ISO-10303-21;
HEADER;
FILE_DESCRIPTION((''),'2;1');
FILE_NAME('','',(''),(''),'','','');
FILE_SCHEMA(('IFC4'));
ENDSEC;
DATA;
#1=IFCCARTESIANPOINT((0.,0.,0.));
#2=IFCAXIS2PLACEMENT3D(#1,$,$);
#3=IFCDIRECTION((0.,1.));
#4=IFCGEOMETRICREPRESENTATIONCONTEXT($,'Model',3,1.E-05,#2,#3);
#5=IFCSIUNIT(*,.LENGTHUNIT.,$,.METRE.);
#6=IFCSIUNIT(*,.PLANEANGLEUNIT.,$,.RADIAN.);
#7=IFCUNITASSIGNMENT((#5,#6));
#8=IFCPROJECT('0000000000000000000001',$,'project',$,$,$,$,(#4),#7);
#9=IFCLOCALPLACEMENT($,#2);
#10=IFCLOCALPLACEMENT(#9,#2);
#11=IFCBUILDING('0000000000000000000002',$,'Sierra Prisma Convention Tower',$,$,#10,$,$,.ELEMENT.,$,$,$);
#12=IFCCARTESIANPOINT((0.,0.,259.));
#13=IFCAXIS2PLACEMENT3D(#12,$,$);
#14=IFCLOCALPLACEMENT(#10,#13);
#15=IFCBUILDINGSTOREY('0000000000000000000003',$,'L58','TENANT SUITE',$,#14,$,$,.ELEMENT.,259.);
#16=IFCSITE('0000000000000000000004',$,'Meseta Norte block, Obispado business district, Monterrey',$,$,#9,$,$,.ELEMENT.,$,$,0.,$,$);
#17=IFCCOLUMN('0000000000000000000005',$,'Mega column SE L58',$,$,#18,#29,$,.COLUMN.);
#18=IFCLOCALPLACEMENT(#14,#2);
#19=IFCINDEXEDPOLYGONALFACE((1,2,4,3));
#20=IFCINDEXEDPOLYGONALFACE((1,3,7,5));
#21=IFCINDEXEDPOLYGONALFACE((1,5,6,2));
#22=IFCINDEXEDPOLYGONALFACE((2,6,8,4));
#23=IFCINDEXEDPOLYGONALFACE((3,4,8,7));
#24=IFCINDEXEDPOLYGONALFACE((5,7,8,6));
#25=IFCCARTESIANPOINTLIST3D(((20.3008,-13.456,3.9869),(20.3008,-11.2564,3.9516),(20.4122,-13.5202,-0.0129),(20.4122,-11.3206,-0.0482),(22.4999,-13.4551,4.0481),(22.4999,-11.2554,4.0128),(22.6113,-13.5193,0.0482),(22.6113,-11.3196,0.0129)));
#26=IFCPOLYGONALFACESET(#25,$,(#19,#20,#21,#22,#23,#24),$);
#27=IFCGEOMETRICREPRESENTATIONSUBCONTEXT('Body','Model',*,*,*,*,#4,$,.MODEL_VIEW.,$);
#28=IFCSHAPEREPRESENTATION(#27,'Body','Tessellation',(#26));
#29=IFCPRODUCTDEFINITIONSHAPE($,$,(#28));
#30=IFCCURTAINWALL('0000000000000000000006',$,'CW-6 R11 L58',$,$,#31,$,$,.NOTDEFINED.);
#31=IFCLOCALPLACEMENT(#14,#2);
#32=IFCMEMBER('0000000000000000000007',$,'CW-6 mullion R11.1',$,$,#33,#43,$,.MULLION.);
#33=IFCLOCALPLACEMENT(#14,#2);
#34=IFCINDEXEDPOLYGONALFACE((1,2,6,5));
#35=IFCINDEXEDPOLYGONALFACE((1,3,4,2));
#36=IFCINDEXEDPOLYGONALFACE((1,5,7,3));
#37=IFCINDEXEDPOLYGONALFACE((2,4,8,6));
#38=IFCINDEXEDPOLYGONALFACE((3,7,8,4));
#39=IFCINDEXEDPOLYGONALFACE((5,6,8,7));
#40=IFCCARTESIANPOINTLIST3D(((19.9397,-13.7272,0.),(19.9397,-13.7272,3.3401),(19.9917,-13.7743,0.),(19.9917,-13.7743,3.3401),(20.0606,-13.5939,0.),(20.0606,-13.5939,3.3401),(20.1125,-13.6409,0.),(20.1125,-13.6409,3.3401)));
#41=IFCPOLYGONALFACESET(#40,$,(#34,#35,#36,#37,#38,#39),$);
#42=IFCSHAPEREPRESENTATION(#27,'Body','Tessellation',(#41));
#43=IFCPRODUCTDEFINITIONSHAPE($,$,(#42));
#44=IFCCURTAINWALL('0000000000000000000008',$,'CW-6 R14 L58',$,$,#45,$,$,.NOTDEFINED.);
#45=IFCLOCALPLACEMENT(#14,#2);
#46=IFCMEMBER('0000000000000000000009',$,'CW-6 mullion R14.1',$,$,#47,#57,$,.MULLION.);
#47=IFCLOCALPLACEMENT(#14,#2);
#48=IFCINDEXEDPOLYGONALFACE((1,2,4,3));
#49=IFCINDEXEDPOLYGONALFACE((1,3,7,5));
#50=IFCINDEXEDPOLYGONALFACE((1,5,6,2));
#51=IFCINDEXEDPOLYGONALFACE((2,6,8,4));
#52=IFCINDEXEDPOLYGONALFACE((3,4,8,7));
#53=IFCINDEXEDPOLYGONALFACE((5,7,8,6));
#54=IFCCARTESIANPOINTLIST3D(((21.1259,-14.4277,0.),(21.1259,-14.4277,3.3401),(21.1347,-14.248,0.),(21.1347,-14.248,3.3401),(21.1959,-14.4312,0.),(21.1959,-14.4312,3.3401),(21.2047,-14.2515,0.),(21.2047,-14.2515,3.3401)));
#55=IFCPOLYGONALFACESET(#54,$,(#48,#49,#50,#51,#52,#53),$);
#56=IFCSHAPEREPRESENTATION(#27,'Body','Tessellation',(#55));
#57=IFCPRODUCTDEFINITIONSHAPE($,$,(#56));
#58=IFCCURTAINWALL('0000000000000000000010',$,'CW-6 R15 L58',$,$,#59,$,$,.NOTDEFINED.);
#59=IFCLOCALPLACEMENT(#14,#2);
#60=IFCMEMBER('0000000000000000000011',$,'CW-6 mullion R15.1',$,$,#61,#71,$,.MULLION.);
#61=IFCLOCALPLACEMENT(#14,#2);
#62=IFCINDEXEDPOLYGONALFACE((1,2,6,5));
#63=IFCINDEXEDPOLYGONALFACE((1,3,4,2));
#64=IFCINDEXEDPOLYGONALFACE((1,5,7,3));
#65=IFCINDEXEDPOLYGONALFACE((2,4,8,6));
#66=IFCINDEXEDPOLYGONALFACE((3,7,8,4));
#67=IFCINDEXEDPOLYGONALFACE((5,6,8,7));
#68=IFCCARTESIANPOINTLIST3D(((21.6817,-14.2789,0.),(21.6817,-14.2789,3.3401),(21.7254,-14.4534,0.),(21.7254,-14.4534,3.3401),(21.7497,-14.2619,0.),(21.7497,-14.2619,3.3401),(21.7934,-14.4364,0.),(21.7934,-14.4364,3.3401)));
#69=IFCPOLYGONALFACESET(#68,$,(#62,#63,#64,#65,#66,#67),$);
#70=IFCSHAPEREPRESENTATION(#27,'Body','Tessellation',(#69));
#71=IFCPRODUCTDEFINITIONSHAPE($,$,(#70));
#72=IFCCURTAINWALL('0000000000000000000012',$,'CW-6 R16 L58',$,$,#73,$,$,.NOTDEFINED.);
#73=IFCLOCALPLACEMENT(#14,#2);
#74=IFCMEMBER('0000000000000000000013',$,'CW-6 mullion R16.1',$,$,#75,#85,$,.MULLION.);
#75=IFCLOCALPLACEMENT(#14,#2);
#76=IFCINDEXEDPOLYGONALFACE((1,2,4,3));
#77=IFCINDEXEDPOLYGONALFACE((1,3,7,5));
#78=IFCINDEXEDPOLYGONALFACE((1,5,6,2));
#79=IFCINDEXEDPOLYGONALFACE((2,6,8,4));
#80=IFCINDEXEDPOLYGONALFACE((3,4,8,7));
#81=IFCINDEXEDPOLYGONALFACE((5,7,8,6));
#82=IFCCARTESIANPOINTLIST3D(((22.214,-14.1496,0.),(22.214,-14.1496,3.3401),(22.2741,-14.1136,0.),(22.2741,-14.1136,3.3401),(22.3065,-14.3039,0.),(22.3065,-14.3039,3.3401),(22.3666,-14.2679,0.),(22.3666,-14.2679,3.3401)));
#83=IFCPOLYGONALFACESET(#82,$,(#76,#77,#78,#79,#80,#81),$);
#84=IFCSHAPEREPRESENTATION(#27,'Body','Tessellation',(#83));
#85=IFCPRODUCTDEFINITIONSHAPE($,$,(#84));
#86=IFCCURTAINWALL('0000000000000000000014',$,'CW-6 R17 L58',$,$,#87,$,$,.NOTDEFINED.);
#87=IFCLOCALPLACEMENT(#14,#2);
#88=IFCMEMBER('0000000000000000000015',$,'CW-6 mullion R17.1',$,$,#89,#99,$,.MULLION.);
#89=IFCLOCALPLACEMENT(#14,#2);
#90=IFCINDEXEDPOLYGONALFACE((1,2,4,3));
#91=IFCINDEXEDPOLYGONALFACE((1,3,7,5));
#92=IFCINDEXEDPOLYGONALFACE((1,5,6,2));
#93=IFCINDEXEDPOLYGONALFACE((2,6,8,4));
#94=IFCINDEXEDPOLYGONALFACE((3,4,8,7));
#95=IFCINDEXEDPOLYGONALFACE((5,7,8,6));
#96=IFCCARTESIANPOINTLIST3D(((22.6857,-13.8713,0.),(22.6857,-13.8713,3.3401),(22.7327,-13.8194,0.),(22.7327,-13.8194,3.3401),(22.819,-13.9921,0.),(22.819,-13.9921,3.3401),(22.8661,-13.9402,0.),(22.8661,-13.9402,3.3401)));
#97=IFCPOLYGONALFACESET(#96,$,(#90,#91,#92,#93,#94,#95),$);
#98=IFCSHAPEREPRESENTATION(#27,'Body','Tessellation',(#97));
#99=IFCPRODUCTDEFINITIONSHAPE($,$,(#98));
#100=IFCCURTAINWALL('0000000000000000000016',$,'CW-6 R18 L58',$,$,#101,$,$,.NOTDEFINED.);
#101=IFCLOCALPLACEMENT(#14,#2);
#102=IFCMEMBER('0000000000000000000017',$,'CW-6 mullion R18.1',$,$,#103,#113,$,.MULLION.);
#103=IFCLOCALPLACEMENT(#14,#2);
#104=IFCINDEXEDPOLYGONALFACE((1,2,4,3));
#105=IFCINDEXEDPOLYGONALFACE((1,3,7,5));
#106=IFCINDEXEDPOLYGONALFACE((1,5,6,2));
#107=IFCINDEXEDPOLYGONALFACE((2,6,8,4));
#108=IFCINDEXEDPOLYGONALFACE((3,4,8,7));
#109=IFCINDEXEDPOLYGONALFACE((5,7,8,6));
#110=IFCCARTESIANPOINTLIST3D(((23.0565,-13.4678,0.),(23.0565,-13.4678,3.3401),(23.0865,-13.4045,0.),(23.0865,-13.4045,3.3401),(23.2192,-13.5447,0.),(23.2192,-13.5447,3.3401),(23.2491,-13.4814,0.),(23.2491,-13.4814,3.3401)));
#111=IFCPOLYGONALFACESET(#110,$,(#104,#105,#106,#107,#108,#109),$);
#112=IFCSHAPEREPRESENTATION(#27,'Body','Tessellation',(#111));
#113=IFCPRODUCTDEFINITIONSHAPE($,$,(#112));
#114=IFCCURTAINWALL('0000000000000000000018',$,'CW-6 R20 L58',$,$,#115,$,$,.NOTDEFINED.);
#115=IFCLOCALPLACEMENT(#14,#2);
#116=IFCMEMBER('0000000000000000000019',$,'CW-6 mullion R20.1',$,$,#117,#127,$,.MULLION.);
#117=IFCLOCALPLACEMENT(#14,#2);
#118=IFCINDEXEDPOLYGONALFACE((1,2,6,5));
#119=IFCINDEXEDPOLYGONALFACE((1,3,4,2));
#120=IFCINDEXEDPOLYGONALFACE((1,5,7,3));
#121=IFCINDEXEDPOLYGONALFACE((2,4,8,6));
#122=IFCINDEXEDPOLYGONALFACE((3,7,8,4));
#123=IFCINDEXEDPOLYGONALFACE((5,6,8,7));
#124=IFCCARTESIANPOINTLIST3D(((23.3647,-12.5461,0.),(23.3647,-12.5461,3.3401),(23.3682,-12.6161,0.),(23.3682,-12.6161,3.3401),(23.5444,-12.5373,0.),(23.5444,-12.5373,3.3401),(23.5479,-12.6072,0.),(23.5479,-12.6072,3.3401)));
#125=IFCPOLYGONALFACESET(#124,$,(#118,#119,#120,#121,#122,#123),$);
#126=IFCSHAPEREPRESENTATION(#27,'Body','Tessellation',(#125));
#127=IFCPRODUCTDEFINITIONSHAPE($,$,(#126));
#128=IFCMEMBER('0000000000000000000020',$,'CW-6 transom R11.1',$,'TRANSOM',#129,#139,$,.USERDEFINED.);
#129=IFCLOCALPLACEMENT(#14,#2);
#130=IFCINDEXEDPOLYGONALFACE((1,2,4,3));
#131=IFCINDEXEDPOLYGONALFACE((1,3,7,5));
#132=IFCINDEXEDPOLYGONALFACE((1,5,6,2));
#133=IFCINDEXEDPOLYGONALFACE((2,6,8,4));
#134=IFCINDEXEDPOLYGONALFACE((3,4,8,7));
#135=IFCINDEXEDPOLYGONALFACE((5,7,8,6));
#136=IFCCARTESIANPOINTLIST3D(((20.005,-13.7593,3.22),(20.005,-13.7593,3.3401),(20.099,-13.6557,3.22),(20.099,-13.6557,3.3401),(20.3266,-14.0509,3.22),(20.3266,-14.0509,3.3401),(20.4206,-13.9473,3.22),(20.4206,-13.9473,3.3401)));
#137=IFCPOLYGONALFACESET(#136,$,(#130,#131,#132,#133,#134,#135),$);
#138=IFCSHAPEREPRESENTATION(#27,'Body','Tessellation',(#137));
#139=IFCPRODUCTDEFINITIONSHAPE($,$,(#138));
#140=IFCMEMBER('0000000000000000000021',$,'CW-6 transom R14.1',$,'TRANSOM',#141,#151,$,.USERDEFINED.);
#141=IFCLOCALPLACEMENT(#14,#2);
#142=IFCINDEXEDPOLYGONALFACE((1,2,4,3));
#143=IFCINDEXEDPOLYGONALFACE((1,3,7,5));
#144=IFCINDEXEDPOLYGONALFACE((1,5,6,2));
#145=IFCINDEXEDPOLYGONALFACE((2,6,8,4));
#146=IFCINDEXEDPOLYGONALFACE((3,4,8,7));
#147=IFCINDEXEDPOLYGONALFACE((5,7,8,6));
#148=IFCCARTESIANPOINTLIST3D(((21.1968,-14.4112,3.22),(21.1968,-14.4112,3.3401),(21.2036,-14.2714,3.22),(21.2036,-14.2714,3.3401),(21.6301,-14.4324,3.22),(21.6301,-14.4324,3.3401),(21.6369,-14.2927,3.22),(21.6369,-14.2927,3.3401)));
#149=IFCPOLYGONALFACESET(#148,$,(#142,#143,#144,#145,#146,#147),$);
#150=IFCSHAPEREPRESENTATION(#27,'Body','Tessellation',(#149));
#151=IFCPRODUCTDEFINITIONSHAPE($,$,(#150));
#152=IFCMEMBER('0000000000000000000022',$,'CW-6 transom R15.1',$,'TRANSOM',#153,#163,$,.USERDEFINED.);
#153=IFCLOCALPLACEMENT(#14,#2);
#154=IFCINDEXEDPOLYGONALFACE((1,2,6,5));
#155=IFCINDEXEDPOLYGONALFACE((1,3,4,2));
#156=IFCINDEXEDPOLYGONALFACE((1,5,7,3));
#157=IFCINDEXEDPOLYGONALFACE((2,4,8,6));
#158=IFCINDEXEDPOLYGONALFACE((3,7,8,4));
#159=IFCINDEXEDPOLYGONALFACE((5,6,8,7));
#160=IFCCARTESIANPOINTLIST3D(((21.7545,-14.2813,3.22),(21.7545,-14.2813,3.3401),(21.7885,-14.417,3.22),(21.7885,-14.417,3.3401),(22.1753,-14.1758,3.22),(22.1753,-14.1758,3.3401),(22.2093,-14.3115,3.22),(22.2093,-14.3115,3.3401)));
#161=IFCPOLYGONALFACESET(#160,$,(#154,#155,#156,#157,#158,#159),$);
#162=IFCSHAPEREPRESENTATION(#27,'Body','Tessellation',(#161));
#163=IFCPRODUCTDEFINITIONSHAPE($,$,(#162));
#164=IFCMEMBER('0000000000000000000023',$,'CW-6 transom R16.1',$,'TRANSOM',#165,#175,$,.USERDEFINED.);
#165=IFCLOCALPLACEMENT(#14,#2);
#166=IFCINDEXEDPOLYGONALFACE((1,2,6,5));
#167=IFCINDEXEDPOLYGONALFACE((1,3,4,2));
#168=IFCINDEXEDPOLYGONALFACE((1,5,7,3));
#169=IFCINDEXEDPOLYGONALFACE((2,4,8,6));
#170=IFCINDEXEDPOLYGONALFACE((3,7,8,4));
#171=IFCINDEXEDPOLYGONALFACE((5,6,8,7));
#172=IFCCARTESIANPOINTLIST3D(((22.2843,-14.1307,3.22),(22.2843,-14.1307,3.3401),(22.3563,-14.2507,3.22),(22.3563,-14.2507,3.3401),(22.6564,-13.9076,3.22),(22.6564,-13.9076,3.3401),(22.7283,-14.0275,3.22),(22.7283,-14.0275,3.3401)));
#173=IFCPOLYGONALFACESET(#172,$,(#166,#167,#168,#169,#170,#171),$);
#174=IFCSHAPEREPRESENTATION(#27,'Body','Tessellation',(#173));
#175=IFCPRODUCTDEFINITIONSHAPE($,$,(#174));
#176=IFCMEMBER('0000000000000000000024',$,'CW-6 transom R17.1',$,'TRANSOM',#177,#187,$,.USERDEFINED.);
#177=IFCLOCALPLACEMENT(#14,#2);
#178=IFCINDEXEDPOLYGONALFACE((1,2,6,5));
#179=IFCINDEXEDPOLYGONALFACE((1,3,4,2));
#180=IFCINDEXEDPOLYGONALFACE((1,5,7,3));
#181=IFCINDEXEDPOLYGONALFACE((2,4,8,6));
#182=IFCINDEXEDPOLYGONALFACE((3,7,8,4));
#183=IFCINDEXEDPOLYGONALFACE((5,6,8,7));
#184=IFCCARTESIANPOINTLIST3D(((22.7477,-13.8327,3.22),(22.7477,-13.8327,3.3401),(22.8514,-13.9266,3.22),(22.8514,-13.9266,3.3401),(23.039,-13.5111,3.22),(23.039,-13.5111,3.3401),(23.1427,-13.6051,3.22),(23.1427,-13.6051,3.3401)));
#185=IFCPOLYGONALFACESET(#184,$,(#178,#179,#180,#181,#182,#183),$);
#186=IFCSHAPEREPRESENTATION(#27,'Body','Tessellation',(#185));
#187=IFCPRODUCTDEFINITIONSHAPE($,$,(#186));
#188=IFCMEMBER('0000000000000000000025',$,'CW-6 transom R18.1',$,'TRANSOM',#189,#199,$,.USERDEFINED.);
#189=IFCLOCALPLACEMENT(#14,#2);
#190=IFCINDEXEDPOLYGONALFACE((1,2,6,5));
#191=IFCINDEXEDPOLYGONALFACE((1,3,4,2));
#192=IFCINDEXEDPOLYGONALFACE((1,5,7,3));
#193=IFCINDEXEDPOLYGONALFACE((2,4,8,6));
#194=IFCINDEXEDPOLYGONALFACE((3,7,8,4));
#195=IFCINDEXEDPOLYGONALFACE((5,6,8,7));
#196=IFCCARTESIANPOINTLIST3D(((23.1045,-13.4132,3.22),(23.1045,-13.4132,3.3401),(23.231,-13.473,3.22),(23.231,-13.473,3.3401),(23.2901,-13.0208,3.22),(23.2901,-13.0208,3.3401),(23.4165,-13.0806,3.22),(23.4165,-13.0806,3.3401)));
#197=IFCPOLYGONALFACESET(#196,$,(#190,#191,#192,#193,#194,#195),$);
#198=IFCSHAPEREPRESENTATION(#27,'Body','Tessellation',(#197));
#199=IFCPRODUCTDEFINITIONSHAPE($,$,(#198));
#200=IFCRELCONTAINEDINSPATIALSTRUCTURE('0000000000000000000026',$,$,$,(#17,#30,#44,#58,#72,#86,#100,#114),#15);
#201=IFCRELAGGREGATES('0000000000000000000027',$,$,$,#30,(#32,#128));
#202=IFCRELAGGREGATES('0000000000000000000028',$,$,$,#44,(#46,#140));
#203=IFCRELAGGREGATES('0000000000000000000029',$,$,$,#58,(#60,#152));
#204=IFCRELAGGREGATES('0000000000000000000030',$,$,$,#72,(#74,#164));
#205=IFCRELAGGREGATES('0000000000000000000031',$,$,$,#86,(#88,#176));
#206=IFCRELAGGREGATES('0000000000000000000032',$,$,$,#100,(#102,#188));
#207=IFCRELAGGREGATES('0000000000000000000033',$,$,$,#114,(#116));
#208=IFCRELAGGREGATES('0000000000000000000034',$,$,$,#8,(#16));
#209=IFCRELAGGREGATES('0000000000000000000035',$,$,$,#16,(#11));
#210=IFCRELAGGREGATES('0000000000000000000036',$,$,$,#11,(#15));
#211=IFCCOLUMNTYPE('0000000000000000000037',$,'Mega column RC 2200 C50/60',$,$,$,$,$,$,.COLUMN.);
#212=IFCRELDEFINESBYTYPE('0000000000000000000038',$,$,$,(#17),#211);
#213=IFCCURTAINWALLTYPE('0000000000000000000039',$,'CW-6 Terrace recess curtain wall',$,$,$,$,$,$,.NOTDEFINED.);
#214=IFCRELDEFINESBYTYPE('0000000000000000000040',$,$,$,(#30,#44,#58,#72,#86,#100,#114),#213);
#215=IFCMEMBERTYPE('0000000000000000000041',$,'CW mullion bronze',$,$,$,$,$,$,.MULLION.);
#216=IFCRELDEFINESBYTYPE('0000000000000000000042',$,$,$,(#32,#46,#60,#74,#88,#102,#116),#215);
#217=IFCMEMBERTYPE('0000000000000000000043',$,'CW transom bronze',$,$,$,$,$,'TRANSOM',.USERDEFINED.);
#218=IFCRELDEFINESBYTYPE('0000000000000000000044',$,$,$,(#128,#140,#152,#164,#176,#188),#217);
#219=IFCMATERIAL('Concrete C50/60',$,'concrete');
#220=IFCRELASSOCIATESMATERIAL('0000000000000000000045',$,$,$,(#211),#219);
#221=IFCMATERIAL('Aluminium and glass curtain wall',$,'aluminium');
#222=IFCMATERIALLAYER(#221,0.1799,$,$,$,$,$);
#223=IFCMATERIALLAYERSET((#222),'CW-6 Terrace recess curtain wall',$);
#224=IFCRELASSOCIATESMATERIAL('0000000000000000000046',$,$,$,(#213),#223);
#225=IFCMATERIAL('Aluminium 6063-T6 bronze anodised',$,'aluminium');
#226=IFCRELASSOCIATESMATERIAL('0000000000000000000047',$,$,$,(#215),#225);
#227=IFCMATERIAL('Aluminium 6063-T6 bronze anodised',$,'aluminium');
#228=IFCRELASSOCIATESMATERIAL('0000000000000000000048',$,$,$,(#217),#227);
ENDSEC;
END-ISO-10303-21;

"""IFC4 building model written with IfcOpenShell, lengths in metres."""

from ifc_helpers import new_model, si_unit, direction, frame, origin, origin_2d, place, context, subcontext, project, spatial, rectangle, extrude, material, layer, layer_set, material_profile, profile_set, type_object, element, aggregate, save


model = new_model("IFC4")

# Units and contexts
model_context = context("Model", 3, precision=1e-05, world=origin(), true_north=direction((0.0, 1.0)))
body_context = subcontext(model_context, "Body", "Model", "MODEL_VIEW")
ifc_project = project(units=[si_unit("LENGTHUNIT", "METRE"), si_unit("PLANEANGLEUNIT", "RADIAN")], contexts=[model_context])

# Site, building, storey
site_placement = place(None, origin())
site = spatial("IfcSite", under=ifc_project, at=site_placement, Name="Meseta Norte block, Obispado business district, Monterrey", CompositionType="ELEMENT", RefElevation=0.0)
building_placement = place(site_placement, origin())
building = spatial("IfcBuilding", under=site, at=building_placement, Name="Sierra Prisma Convention Tower", CompositionType="ELEMENT")
storey_placement = place(building_placement, frame((0.0, 0.0, 259.0)))
storey = spatial("IfcBuildingStorey", under=building, at=storey_placement, Name="L58", Description="TENANT SUITE", CompositionType="ELEMENT", Elevation=259.0)

# Column
ifc_material_1 = material(Name="Concrete C50/60", Category="concrete")
ifc_material_profile_1 = material_profile(ifc_material_1, rectangle(XDim=2.2, YDim=2.2, at=origin_2d()), Name="Mega column RC 2200 C50/60")
ifc_profile_set_1 = profile_set([ifc_material_profile_1], Name="Concrete C50/60")
column_type = type_object("IfcColumnType", Name="Mega column RC 2200 C50/60", PredefinedType="COLUMN", material=ifc_profile_set_1)
column_placement = place(storey_placement, frame((21.5117, -12.4199, 0.0), z_axis=(-0.027818, 0.016044, 0.999484), x_axis=(0.999613, 0.000446, 0.027814)))
element("IfcColumn", 1, at=column_placement, inside=storey, type_object=column_type, Name="Mega column SE L58", PredefinedType="COLUMN", context=body_context, shape_type="SweptSolid", body=[
    extrude(rectangle(XDim=2.2, YDim=2.2, at=origin_2d()), origin(), (0.0, 0.0, 1.0), 4.002),
])

# Curtain walls, members
ifc_material_2 = material(Name="Aluminium and glass curtain wall", Category="aluminium")
ifc_layer_1 = layer(ifc_material_2, 0.1799)
ifc_layer_set_1 = layer_set([ifc_layer_1], Name="CW-6 Terrace recess curtain wall")
curtain_wall_type = type_object("IfcCurtainWallType", Name="CW-6 Terrace recess curtain wall", PredefinedType="NOTDEFINED", material=ifc_layer_set_1)
curtain_wall_1_placement = place(storey_placement, origin())
curtain_wall_1 = element("IfcCurtainWall", 2, at=curtain_wall_1_placement, inside=storey, type_object=curtain_wall_type, Name="CW-6 R11 L58", PredefinedType="NOTDEFINED")
ifc_material_3 = material(Name="Aluminium 6063-T6 bronze anodised", Category="aluminium")
ifc_material_profile_2 = material_profile(ifc_material_3, rectangle(XDim=0.1799, YDim=0.0701, at=origin_2d()), Name="ALU MULLION 70x180")
ifc_profile_set_2 = profile_set([ifc_material_profile_2], Name="Aluminium 6063-T6 bronze anodised")
member_type_1 = type_object("IfcMemberType", Name="CW mullion bronze", PredefinedType="MULLION", material=ifc_profile_set_2)
member_1_placement = place(storey_placement, frame((20.0261, -13.6841, 0.0), z_axis=(0.0, 0.0, 1.0), x_axis=(0.671559, 0.740951, 0.0)))
member_1 = element("IfcMember", 3, at=member_1_placement, type_object=member_type_1, Name="CW-6 mullion R11.1", PredefinedType="MULLION", context=body_context, shape_type="SweptSolid", body=[
    extrude(rectangle(XDim=0.1799, YDim=0.0701, at=origin_2d()), origin(), (0.0, 0.0, 1.0), 3.3401),
])
curtain_wall_2_placement = place(storey_placement, origin())
curtain_wall_2 = element("IfcCurtainWall", 4, at=curtain_wall_2_placement, inside=storey, type_object=curtain_wall_type, Name="CW-6 R14 L58", PredefinedType="NOTDEFINED")
member_2_placement = place(storey_placement, frame((21.1653, -14.3396, 0.0), z_axis=(0.0, 0.0, 1.0), x_axis=(0.049068, 0.998795, 0.0)))
member_2 = element("IfcMember", 5, at=member_2_placement, type_object=member_type_1, Name="CW-6 mullion R14.1", PredefinedType="MULLION", context=body_context, shape_type="SweptSolid", body=[
    extrude(rectangle(XDim=0.1799, YDim=0.0701, at=origin_2d()), origin(), (0.0, 0.0, 1.0), 3.3401),
])
curtain_wall_3_placement = place(storey_placement, origin())
curtain_wall_3 = element("IfcCurtainWall", 6, at=curtain_wall_3_placement, inside=storey, type_object=curtain_wall_type, Name="CW-6 R15 L58", PredefinedType="NOTDEFINED")
member_3_placement = place(storey_placement, frame((21.7375, -14.3577, 0.0), z_axis=(0.0, 0.0, 1.0), x_axis=(-0.24298, 0.970031, 0.0)))
member_3 = element("IfcMember", 7, at=member_3_placement, type_object=member_type_1, Name="CW-6 mullion R15.1", PredefinedType="MULLION", context=body_context, shape_type="SweptSolid", body=[
    extrude(rectangle(XDim=0.1799, YDim=0.0701, at=origin_2d()), origin(), (0.0, 0.0, 1.0), 3.3401),
])
curtain_wall_4_placement = place(storey_placement, origin())
curtain_wall_4 = element("IfcCurtainWall", 8, at=curtain_wall_4_placement, inside=storey, type_object=curtain_wall_type, Name="CW-6 R16 L58", PredefinedType="NOTDEFINED")
member_4_placement = place(storey_placement, frame((22.2903, -14.2087, 0.0), z_axis=(0.0, 0.0, 1.0), x_axis=(-0.514103, 0.857729, 0.0)))
member_4 = element("IfcMember", 9, at=member_4_placement, type_object=member_type_1, Name="CW-6 mullion R16.1", PredefinedType="MULLION", context=body_context, shape_type="SweptSolid", body=[
    extrude(rectangle(XDim=0.1799, YDim=0.0701, at=origin_2d()), origin(), (0.0, 0.0, 1.0), 3.3401),
])
curtain_wall_5_placement = place(storey_placement, origin())
curtain_wall_5 = element("IfcCurtainWall", 10, at=curtain_wall_5_placement, inside=storey, type_object=curtain_wall_type, Name="CW-6 R17 L58", PredefinedType="NOTDEFINED")
member_5_placement = place(storey_placement, frame((22.7759, -13.9058, 0.0), z_axis=(0.0, 0.0, 1.0), x_axis=(-0.740951, 0.671559, 0.0)))
member_5 = element("IfcMember", 11, at=member_5_placement, type_object=member_type_1, Name="CW-6 mullion R17.1", PredefinedType="MULLION", context=body_context, shape_type="SweptSolid", body=[
    extrude(rectangle(XDim=0.1799, YDim=0.0701, at=origin_2d()), origin(), (0.0, 0.0, 1.0), 3.3401),
])
curtain_wall_6_placement = place(storey_placement, origin())
curtain_wall_6 = element("IfcCurtainWall", 12, at=curtain_wall_6_placement, inside=storey, type_object=curtain_wall_type, Name="CW-6 R18 L58", PredefinedType="NOTDEFINED")
member_6_placement = place(storey_placement, frame((23.1528, -13.4746, 0.0), z_axis=(0.0, 0.0, 1.0), x_axis=(-0.903989, 0.427555, 0.0)))
member_6 = element("IfcMember", 13, at=member_6_placement, type_object=member_type_1, Name="CW-6 mullion R18.1", PredefinedType="MULLION", context=body_context, shape_type="SweptSolid", body=[
    extrude(rectangle(XDim=0.1799, YDim=0.0701, at=origin_2d()), origin(), (0.0, 0.0, 1.0), 3.3401),
])
curtain_wall_7_placement = place(storey_placement, origin())
curtain_wall_7 = element("IfcCurtainWall", 14, at=curtain_wall_7_placement, inside=storey, type_object=curtain_wall_type, Name="CW-6 R20 L58", PredefinedType="NOTDEFINED")
member_7_placement = place(storey_placement, frame((23.4563, -12.5767, 0.0), z_axis=(0.0, 0.0, 1.0), x_axis=(-0.998795, -0.049068, 0.0)))
member_7 = element("IfcMember", 15, at=member_7_placement, type_object=member_type_1, Name="CW-6 mullion R20.1", PredefinedType="MULLION", context=body_context, shape_type="SweptSolid", body=[
    extrude(rectangle(XDim=0.1799, YDim=0.0701, at=origin_2d()), origin(), (0.0, 0.0, 1.0), 3.3401),
])

# Members
ifc_material_4 = material(Name="Aluminium 6063-T6 bronze anodised", Category="aluminium")
ifc_material_profile_3 = material_profile(ifc_material_4, rectangle(XDim=0.1399, YDim=0.1201, at=origin_2d()), Name="ALU TRANSOM 120x140")
ifc_profile_set_3 = profile_set([ifc_material_profile_3], Name="Aluminium 6063-T6 bronze anodised")
member_type_2 = type_object("IfcMemberType", Name="CW transom bronze", ElementType="TRANSOM", PredefinedType="USERDEFINED", material=ifc_profile_set_3)
member_8_placement = place(storey_placement, frame((20.052, -13.7075, 3.28), z_axis=(0.740856, -0.671664, 0.0), x_axis=(0.671664, 0.740856, 0.0)))
member_8 = element("IfcMember", 16, at=member_8_placement, type_object=member_type_2, Name="CW-6 transom R11.1", ObjectType="TRANSOM", PredefinedType="USERDEFINED", context=body_context, shape_type="SweptSolid", body=[
    extrude(rectangle(XDim=0.1399, YDim=0.1201, at=origin_2d()), origin(), (0.0, 0.0, 1.0), 0.4341),
])
member_9_placement = place(storey_placement, frame((21.2002, -14.3413, 3.28), z_axis=(0.998801, -0.048955, 0.0), x_axis=(0.048955, 0.998801, 0.0)))
member_9 = element("IfcMember", 17, at=member_9_placement, type_object=member_type_2, Name="CW-6 transom R14.1", ObjectType="TRANSOM", PredefinedType="USERDEFINED", context=body_context, shape_type="SweptSolid", body=[
    extrude(rectangle(XDim=0.1399, YDim=0.1201, at=origin_2d()), origin(), (0.0, 0.0, 1.0), 0.4338),
])
member_10_placement = place(storey_placement, frame((21.7715, -14.3491, 3.28), z_axis=(0.97001, 0.243065, 0.0), x_axis=(-0.243065, 0.97001, 0.0)))
member_10 = element("IfcMember", 18, at=member_10_placement, type_object=member_type_2, Name="CW-6 transom R15.1", ObjectType="TRANSOM", PredefinedType="USERDEFINED", context=body_context, shape_type="SweptSolid", body=[
    extrude(rectangle(XDim=0.1399, YDim=0.1201, at=origin_2d()), origin(), (0.0, 0.0, 1.0), 0.4338),
])
member_11_placement = place(storey_placement, frame((22.3203, -14.1907, 3.28), z_axis=(0.857592, 0.51433, 0.0), x_axis=(-0.51433, 0.857592, 0.0)))
member_11 = element("IfcMember", 19, at=member_11_placement, type_object=member_type_2, Name="CW-6 transom R16.1", ObjectType="TRANSOM", PredefinedType="USERDEFINED", context=body_context, shape_type="SweptSolid", body=[
    extrude(rectangle(XDim=0.1399, YDim=0.1201, at=origin_2d()), origin(), (0.0, 0.0, 1.0), 0.4338),
])
member_12_placement = place(storey_placement, frame((22.7996, -13.8796, 3.28), z_axis=(0.671355, 0.741136, 0.0), x_axis=(-0.741136, 0.671355, 0.0)))
member_12 = element("IfcMember", 20, at=member_12_placement, type_object=member_type_2, Name="CW-6 transom R17.1", ObjectType="TRANSOM", PredefinedType="USERDEFINED", context=body_context, shape_type="SweptSolid", body=[
    extrude(rectangle(XDim=0.1399, YDim=0.1201, at=origin_2d()), origin(), (0.0, 0.0, 1.0), 0.4338),
])
member_13_placement = place(storey_placement, frame((23.1677, -13.4431, 3.28), z_axis=(0.42753, 0.904001, 0.0), x_axis=(-0.904001, 0.42753, 0.0)))
member_13 = element("IfcMember", 21, at=member_13_placement, type_object=member_type_2, Name="CW-6 transom R18.1", ObjectType="TRANSOM", PredefinedType="USERDEFINED", context=body_context, shape_type="SweptSolid", body=[
    extrude(rectangle(XDim=0.1399, YDim=0.1201, at=origin_2d()), origin(), (0.0, 0.0, 1.0), 0.4341),
])

aggregate(curtain_wall_1, [member_1, member_8])
aggregate(curtain_wall_2, [member_2, member_9])
aggregate(curtain_wall_3, [member_3, member_10])
aggregate(curtain_wall_4, [member_4, member_11])
aggregate(curtain_wall_5, [member_5, member_12])
aggregate(curtain_wall_6, [member_6, member_13])
aggregate(curtain_wall_7, [member_7])

save(model, "model.ifc")
